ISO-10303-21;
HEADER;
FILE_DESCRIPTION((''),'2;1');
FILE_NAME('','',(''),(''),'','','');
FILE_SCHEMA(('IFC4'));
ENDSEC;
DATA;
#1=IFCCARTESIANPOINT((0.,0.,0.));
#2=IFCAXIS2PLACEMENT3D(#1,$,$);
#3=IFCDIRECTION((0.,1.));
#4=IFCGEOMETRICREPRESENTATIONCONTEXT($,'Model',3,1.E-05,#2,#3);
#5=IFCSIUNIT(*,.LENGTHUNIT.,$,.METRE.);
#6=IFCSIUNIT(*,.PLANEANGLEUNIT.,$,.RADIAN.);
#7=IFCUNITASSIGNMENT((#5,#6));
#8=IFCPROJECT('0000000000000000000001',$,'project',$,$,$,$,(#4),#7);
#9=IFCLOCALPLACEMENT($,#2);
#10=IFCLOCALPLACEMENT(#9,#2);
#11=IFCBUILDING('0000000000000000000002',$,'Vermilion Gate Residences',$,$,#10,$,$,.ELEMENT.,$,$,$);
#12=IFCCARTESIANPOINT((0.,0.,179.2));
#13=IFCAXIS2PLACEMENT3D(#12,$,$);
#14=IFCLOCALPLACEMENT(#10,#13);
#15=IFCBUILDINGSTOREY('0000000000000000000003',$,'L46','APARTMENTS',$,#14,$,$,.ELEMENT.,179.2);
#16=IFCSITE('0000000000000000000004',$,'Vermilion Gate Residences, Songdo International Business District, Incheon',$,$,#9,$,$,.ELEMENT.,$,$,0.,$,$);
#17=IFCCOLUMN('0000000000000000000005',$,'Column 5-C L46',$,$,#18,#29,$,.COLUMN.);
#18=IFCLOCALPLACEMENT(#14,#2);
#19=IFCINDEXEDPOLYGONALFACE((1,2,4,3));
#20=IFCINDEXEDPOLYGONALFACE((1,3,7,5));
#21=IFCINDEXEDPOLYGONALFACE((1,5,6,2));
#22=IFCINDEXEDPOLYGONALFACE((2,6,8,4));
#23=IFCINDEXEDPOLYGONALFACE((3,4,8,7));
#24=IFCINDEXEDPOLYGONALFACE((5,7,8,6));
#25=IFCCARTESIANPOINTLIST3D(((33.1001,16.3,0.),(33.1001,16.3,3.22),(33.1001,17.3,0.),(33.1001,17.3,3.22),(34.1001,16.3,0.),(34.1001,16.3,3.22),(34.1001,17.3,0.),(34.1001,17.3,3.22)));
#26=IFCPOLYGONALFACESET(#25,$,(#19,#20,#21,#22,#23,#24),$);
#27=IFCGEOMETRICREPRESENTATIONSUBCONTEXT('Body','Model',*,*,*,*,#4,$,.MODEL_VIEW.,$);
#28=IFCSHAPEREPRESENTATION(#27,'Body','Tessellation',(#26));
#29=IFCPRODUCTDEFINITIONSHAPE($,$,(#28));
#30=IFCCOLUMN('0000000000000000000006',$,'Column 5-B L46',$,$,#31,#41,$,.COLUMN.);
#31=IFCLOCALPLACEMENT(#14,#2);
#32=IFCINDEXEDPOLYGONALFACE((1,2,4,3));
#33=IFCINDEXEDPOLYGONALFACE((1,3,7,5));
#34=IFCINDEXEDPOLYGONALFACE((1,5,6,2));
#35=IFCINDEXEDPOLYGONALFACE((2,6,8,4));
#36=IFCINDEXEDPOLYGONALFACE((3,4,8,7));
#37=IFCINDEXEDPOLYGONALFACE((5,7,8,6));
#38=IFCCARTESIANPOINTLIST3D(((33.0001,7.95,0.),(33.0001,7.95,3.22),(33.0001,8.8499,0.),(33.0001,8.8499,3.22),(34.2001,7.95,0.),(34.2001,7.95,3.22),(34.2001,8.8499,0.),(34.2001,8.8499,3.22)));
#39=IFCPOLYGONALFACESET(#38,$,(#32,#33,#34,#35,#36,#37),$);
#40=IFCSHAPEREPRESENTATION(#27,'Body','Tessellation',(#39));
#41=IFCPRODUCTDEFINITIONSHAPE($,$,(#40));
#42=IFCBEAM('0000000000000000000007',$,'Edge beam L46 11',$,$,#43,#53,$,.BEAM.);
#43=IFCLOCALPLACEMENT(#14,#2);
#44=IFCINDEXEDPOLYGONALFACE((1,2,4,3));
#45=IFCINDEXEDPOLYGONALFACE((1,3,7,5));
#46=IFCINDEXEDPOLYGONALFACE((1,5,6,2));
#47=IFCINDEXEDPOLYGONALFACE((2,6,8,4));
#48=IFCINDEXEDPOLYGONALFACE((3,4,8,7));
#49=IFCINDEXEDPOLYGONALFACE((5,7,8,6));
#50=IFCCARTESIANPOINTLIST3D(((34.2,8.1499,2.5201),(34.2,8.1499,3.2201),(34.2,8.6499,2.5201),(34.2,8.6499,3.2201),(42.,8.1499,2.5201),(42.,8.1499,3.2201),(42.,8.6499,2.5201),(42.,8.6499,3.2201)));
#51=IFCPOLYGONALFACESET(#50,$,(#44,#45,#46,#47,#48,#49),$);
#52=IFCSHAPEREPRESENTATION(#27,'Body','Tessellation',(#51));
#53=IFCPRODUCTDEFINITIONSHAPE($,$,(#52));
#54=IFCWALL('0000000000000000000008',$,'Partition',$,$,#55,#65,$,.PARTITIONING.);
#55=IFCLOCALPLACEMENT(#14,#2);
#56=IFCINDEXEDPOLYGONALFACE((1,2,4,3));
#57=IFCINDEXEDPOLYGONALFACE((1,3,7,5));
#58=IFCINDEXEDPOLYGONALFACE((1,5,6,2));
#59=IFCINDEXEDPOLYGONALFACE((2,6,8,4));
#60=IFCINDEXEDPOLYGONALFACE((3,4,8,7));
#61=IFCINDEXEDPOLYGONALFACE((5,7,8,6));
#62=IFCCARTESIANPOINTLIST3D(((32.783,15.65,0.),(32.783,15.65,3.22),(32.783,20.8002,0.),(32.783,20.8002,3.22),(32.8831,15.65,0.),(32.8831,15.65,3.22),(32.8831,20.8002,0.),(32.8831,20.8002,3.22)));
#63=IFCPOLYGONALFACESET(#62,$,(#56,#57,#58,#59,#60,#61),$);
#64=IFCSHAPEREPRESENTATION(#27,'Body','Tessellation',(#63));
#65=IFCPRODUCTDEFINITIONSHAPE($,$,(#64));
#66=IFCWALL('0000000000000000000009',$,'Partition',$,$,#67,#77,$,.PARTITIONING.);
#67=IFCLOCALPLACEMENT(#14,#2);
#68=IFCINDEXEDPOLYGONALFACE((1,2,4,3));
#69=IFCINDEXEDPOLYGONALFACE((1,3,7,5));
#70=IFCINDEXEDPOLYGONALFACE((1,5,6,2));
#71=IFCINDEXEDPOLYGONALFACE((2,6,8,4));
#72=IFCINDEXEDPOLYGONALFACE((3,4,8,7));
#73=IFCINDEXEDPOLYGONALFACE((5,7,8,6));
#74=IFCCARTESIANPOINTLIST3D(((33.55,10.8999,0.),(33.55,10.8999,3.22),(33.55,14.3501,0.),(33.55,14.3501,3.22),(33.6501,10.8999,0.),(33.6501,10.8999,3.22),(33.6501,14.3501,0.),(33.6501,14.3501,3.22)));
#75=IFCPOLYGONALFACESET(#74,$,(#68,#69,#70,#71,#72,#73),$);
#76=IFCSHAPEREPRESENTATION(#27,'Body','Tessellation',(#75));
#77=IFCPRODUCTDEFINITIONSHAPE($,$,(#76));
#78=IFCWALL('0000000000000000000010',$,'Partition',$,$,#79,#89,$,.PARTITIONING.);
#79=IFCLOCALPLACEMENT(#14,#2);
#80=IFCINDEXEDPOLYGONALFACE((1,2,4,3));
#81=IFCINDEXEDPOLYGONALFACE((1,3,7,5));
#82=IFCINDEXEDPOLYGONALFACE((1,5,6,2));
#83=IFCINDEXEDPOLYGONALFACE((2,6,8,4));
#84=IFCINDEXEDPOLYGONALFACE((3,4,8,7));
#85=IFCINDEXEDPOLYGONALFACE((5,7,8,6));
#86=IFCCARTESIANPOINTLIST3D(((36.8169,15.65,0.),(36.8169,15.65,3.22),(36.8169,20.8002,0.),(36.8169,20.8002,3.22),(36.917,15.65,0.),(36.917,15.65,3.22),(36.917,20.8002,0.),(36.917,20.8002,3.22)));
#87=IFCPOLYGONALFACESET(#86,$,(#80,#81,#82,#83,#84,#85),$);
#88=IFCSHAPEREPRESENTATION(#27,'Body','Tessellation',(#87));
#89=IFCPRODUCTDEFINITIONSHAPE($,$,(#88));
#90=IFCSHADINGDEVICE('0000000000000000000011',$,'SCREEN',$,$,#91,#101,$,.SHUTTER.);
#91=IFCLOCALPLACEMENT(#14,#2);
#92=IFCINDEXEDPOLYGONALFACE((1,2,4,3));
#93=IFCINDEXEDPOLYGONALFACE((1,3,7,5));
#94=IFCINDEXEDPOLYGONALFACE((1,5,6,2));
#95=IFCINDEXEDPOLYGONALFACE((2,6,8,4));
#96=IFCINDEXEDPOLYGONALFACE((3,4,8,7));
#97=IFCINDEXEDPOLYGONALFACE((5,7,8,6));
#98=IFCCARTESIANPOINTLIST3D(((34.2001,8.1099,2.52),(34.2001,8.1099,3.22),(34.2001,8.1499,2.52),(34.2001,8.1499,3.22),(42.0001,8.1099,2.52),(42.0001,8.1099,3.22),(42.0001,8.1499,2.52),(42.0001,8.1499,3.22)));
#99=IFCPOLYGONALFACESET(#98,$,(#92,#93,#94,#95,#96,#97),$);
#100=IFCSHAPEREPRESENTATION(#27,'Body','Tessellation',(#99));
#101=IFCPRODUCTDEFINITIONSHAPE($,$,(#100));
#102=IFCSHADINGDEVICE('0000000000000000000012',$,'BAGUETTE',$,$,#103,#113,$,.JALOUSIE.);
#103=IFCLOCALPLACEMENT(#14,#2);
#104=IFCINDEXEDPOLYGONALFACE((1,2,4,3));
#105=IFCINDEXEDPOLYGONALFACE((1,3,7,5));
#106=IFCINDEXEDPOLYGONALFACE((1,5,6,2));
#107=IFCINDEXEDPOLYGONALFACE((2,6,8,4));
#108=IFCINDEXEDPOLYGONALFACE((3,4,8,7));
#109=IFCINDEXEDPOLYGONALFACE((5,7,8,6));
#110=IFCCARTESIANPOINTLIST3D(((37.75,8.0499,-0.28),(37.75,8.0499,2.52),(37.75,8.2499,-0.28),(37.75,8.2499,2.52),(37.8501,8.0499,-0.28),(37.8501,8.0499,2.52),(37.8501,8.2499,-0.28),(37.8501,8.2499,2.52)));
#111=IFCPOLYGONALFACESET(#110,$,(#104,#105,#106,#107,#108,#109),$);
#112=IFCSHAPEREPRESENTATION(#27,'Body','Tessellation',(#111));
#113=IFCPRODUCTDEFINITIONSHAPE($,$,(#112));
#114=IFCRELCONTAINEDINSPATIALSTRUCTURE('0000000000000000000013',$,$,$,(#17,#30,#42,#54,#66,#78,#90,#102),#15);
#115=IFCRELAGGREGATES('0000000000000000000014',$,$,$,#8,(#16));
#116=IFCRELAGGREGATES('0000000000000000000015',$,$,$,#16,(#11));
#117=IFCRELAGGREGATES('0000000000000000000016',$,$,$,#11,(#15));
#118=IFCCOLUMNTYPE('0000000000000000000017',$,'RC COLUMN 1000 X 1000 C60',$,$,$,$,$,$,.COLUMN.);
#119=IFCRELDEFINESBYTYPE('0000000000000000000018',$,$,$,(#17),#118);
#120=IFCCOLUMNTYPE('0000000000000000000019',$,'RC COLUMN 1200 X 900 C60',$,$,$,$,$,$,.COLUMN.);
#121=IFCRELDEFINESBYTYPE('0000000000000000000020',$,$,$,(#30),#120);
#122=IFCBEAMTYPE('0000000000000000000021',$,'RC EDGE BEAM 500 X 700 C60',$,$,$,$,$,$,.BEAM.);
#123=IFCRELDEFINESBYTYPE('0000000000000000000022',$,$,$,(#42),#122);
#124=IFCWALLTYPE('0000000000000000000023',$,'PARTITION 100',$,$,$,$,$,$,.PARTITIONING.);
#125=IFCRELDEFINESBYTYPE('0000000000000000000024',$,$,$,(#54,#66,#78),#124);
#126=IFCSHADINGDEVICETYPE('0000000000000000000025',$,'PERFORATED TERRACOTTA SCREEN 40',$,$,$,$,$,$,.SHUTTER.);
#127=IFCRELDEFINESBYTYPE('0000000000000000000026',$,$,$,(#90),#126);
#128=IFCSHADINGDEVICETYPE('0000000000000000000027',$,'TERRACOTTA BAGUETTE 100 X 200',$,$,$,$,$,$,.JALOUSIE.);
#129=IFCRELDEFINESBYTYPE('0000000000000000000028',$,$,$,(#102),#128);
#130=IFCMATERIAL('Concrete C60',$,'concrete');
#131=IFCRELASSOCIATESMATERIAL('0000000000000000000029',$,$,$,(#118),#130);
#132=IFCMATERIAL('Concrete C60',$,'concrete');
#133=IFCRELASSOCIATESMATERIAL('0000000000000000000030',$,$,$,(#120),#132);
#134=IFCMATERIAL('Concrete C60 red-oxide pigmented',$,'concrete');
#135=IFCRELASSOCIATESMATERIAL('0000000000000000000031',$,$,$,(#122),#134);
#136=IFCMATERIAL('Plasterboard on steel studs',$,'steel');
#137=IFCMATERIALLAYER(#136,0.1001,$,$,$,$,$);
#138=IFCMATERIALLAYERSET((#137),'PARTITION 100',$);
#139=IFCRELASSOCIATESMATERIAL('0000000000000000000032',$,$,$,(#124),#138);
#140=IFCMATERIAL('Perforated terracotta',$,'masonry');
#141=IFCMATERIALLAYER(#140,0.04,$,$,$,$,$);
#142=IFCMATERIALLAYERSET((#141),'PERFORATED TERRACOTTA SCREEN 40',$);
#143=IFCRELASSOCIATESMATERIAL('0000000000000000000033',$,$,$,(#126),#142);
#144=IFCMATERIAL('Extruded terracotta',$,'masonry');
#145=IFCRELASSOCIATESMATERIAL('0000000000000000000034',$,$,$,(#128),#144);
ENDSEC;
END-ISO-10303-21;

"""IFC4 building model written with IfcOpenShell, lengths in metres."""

from ifc_helpers import new_model, si_unit, direction, frame, frame_2d, origin, origin_2d, place, context, subcontext, project, spatial, rectangle, extrude, material, layer, layer_set, material_profile, profile_set, type_object, element, save


model = new_model("IFC4")

# Units and contexts
model_context = context("Model", 3, precision=1e-05, world=origin(), true_north=direction((0.0, 1.0)))
body_context = subcontext(model_context, "Body", "Model", "MODEL_VIEW")
ifc_project = project(units=[si_unit("LENGTHUNIT", "METRE"), si_unit("PLANEANGLEUNIT", "RADIAN")], contexts=[model_context])

# Site, building, storey
site_placement = place(None, origin())
site = spatial("IfcSite", under=ifc_project, at=site_placement, Name="Vermilion Gate Residences, Songdo International Business District, Incheon", CompositionType="ELEMENT", RefElevation=0.0)
building_placement = place(site_placement, origin())
building = spatial("IfcBuilding", under=site, at=building_placement, Name="Vermilion Gate Residences", CompositionType="ELEMENT")
storey_placement = place(building_placement, frame((0.0, 0.0, 179.2)))
storey = spatial("IfcBuildingStorey", under=building, at=storey_placement, Name="L46", Description="APARTMENTS", CompositionType="ELEMENT", Elevation=179.2)

# Columns
ifc_material_1 = material(Name="Concrete C60", Category="concrete")
ifc_material_profile_1 = material_profile(ifc_material_1, rectangle(XDim=1.0, YDim=1.0, at=origin_2d()), Name="RC-1000x1000")
ifc_profile_set_1 = profile_set([ifc_material_profile_1], Name="Concrete C60")
column_type_1 = type_object("IfcColumnType", Name="RC COLUMN 1000 X 1000 C60", PredefinedType="COLUMN", material=ifc_profile_set_1)
column_1_placement = place(storey_placement, frame((33.6001, 16.8, 0.0), z_axis=(0.0, 0.0, 1.0), x_axis=(1.0, 0.0, 0.0)))
element("IfcColumn", 1, at=column_1_placement, inside=storey, type_object=column_type_1, Name="Column 5-C L46", PredefinedType="COLUMN", context=body_context, shape_type="SweptSolid", body=[
    extrude(rectangle(XDim=1.0, YDim=1.0, at=origin_2d()), origin(), (0.0, 0.0, 1.0), 3.22),
])
ifc_material_2 = material(Name="Concrete C60", Category="concrete")
ifc_material_profile_2 = material_profile(ifc_material_2, rectangle(XDim=1.2, YDim=0.8999, at=origin_2d()), Name="RC-1200x900")
ifc_profile_set_2 = profile_set([ifc_material_profile_2], Name="Concrete C60")
column_type_2 = type_object("IfcColumnType", Name="RC COLUMN 1200 X 900 C60", PredefinedType="COLUMN", material=ifc_profile_set_2)
column_2_placement = place(storey_placement, frame((33.6001, 8.3999, 0.0), z_axis=(0.0, 0.0, 1.0), x_axis=(1.0, 0.0, 0.0)))
element("IfcColumn", 2, at=column_2_placement, inside=storey, type_object=column_type_2, Name="Column 5-B L46", PredefinedType="COLUMN", context=body_context, shape_type="SweptSolid", body=[
    extrude(rectangle(XDim=1.2, YDim=0.8999, at=origin_2d()), origin(), (0.0, 0.0, 1.0), 3.22),
])

# Beam
ifc_material_3 = material(Name="Concrete C60 red-oxide pigmented", Category="concrete")
ifc_material_profile_3 = material_profile(ifc_material_3, rectangle(XDim=0.5, YDim=0.7, at=origin_2d()), Name="RC-500x700")
ifc_profile_set_3 = profile_set([ifc_material_profile_3], Name="Concrete C60 red-oxide pigmented")
beam_type = type_object("IfcBeamType", Name="RC EDGE BEAM 500 X 700 C60", PredefinedType="BEAM", material=ifc_profile_set_3)
beam_placement = place(storey_placement, frame((34.2, 8.3999, 2.8701), z_axis=(1.0, 0.0, 0.0), x_axis=(0.0, 1.0, 0.0)))
element("IfcBeam", 3, at=beam_placement, inside=storey, type_object=beam_type, Name="Edge beam L46 11", PredefinedType="BEAM", context=body_context, shape_type="SweptSolid", body=[
    extrude(rectangle(XDim=0.5, YDim=0.7, at=origin_2d()), origin(), (0.0, 0.0, 1.0), 7.8),
])

# Walls
ifc_material_4 = material(Name="Plasterboard on steel studs", Category="steel")
ifc_layer_1 = layer(ifc_material_4, 0.1001)
ifc_layer_set_1 = layer_set([ifc_layer_1], Name="PARTITION 100")
wall_type = type_object("IfcWallType", Name="PARTITION 100", PredefinedType="PARTITIONING", material=ifc_layer_set_1)
wall_1_placement = place(storey_placement, frame((32.833, 15.6499, 0.0), z_axis=(0.0, 0.0, 1.0), x_axis=(0.0, 1.0, 0.0)))
element("IfcWall", 4, at=wall_1_placement, inside=storey, type_object=wall_type, Name="Partition", PredefinedType="PARTITIONING", context=body_context, shape_type="SweptSolid", body=[
    extrude(rectangle(XDim=5.1501, YDim=0.1001, at=frame_2d((2.5752, 0.0))), origin(), (0.0, 0.0, 1.0), 3.22),
])
wall_2_placement = place(storey_placement, frame((33.6001, 10.8999, 0.0), z_axis=(0.0, 0.0, 1.0), x_axis=(0.0, 1.0, 0.0)))
element("IfcWall", 5, at=wall_2_placement, inside=storey, type_object=wall_type, Name="Partition", PredefinedType="PARTITIONING", context=body_context, shape_type="SweptSolid", body=[
    extrude(rectangle(XDim=3.4502, YDim=0.1001, at=frame_2d((1.7251, 0.0))), origin(), (0.0, 0.0, 1.0), 3.22),
])
wall_3_placement = place(storey_placement, frame((36.8669, 15.6499, 0.0), z_axis=(0.0, 0.0, 1.0), x_axis=(0.0, 1.0, 0.0)))
element("IfcWall", 6, at=wall_3_placement, inside=storey, type_object=wall_type, Name="Partition", PredefinedType="PARTITIONING", context=body_context, shape_type="SweptSolid", body=[
    extrude(rectangle(XDim=5.1501, YDim=0.1001, at=frame_2d((2.5752, 0.0))), origin(), (0.0, 0.0, 1.0), 3.22),
])

# Shading devices
ifc_material_5 = material(Name="Perforated terracotta", Category="masonry")
ifc_layer_2 = layer(ifc_material_5, 0.04)
ifc_layer_set_2 = layer_set([ifc_layer_2], Name="PERFORATED TERRACOTTA SCREEN 40")
shading_device_type_1 = type_object("IfcShadingDeviceType", Name="PERFORATED TERRACOTTA SCREEN 40", PredefinedType="SHUTTER", material=ifc_layer_set_2)
shading_device_1_placement = place(storey_placement, frame((38.1001, 8.1299, 2.52), z_axis=(0.0, 0.0, 1.0), x_axis=(1.0, 0.0, 0.0)))
element("IfcShadingDevice", 7, at=shading_device_1_placement, inside=storey, type_object=shading_device_type_1, Name="SCREEN", PredefinedType="SHUTTER", context=body_context, shape_type="SweptSolid", body=[
    extrude(rectangle(XDim=7.8, YDim=0.04, at=origin_2d()), origin(), (0.0, 0.0, 1.0), 0.7),
])
ifc_material_6 = material(Name="Extruded terracotta", Category="masonry")
ifc_material_profile_4 = material_profile(ifc_material_6, rectangle(XDim=0.2, YDim=0.1001, at=origin_2d()), Name="BAGUETTE 100 X 200")
ifc_profile_set_4 = profile_set([ifc_material_profile_4], Name="Extruded terracotta")
shading_device_type_2 = type_object("IfcShadingDeviceType", Name="TERRACOTTA BAGUETTE 100 X 200", PredefinedType="JALOUSIE", material=ifc_profile_set_4)
shading_device_2_placement = place(storey_placement, frame((37.8, 8.1499, -0.28), z_axis=(0.0, 0.0, 1.0), x_axis=(0.0, 1.0, 0.0)))
element("IfcShadingDevice", 8, at=shading_device_2_placement, inside=storey, type_object=shading_device_type_2, Name="BAGUETTE", PredefinedType="JALOUSIE", context=body_context, shape_type="SweptSolid", body=[
    extrude(rectangle(XDim=0.2, YDim=0.1001, at=origin_2d()), origin(), (0.0, 0.0, 1.0), 2.8),
])

save(model, "model.ifc")
